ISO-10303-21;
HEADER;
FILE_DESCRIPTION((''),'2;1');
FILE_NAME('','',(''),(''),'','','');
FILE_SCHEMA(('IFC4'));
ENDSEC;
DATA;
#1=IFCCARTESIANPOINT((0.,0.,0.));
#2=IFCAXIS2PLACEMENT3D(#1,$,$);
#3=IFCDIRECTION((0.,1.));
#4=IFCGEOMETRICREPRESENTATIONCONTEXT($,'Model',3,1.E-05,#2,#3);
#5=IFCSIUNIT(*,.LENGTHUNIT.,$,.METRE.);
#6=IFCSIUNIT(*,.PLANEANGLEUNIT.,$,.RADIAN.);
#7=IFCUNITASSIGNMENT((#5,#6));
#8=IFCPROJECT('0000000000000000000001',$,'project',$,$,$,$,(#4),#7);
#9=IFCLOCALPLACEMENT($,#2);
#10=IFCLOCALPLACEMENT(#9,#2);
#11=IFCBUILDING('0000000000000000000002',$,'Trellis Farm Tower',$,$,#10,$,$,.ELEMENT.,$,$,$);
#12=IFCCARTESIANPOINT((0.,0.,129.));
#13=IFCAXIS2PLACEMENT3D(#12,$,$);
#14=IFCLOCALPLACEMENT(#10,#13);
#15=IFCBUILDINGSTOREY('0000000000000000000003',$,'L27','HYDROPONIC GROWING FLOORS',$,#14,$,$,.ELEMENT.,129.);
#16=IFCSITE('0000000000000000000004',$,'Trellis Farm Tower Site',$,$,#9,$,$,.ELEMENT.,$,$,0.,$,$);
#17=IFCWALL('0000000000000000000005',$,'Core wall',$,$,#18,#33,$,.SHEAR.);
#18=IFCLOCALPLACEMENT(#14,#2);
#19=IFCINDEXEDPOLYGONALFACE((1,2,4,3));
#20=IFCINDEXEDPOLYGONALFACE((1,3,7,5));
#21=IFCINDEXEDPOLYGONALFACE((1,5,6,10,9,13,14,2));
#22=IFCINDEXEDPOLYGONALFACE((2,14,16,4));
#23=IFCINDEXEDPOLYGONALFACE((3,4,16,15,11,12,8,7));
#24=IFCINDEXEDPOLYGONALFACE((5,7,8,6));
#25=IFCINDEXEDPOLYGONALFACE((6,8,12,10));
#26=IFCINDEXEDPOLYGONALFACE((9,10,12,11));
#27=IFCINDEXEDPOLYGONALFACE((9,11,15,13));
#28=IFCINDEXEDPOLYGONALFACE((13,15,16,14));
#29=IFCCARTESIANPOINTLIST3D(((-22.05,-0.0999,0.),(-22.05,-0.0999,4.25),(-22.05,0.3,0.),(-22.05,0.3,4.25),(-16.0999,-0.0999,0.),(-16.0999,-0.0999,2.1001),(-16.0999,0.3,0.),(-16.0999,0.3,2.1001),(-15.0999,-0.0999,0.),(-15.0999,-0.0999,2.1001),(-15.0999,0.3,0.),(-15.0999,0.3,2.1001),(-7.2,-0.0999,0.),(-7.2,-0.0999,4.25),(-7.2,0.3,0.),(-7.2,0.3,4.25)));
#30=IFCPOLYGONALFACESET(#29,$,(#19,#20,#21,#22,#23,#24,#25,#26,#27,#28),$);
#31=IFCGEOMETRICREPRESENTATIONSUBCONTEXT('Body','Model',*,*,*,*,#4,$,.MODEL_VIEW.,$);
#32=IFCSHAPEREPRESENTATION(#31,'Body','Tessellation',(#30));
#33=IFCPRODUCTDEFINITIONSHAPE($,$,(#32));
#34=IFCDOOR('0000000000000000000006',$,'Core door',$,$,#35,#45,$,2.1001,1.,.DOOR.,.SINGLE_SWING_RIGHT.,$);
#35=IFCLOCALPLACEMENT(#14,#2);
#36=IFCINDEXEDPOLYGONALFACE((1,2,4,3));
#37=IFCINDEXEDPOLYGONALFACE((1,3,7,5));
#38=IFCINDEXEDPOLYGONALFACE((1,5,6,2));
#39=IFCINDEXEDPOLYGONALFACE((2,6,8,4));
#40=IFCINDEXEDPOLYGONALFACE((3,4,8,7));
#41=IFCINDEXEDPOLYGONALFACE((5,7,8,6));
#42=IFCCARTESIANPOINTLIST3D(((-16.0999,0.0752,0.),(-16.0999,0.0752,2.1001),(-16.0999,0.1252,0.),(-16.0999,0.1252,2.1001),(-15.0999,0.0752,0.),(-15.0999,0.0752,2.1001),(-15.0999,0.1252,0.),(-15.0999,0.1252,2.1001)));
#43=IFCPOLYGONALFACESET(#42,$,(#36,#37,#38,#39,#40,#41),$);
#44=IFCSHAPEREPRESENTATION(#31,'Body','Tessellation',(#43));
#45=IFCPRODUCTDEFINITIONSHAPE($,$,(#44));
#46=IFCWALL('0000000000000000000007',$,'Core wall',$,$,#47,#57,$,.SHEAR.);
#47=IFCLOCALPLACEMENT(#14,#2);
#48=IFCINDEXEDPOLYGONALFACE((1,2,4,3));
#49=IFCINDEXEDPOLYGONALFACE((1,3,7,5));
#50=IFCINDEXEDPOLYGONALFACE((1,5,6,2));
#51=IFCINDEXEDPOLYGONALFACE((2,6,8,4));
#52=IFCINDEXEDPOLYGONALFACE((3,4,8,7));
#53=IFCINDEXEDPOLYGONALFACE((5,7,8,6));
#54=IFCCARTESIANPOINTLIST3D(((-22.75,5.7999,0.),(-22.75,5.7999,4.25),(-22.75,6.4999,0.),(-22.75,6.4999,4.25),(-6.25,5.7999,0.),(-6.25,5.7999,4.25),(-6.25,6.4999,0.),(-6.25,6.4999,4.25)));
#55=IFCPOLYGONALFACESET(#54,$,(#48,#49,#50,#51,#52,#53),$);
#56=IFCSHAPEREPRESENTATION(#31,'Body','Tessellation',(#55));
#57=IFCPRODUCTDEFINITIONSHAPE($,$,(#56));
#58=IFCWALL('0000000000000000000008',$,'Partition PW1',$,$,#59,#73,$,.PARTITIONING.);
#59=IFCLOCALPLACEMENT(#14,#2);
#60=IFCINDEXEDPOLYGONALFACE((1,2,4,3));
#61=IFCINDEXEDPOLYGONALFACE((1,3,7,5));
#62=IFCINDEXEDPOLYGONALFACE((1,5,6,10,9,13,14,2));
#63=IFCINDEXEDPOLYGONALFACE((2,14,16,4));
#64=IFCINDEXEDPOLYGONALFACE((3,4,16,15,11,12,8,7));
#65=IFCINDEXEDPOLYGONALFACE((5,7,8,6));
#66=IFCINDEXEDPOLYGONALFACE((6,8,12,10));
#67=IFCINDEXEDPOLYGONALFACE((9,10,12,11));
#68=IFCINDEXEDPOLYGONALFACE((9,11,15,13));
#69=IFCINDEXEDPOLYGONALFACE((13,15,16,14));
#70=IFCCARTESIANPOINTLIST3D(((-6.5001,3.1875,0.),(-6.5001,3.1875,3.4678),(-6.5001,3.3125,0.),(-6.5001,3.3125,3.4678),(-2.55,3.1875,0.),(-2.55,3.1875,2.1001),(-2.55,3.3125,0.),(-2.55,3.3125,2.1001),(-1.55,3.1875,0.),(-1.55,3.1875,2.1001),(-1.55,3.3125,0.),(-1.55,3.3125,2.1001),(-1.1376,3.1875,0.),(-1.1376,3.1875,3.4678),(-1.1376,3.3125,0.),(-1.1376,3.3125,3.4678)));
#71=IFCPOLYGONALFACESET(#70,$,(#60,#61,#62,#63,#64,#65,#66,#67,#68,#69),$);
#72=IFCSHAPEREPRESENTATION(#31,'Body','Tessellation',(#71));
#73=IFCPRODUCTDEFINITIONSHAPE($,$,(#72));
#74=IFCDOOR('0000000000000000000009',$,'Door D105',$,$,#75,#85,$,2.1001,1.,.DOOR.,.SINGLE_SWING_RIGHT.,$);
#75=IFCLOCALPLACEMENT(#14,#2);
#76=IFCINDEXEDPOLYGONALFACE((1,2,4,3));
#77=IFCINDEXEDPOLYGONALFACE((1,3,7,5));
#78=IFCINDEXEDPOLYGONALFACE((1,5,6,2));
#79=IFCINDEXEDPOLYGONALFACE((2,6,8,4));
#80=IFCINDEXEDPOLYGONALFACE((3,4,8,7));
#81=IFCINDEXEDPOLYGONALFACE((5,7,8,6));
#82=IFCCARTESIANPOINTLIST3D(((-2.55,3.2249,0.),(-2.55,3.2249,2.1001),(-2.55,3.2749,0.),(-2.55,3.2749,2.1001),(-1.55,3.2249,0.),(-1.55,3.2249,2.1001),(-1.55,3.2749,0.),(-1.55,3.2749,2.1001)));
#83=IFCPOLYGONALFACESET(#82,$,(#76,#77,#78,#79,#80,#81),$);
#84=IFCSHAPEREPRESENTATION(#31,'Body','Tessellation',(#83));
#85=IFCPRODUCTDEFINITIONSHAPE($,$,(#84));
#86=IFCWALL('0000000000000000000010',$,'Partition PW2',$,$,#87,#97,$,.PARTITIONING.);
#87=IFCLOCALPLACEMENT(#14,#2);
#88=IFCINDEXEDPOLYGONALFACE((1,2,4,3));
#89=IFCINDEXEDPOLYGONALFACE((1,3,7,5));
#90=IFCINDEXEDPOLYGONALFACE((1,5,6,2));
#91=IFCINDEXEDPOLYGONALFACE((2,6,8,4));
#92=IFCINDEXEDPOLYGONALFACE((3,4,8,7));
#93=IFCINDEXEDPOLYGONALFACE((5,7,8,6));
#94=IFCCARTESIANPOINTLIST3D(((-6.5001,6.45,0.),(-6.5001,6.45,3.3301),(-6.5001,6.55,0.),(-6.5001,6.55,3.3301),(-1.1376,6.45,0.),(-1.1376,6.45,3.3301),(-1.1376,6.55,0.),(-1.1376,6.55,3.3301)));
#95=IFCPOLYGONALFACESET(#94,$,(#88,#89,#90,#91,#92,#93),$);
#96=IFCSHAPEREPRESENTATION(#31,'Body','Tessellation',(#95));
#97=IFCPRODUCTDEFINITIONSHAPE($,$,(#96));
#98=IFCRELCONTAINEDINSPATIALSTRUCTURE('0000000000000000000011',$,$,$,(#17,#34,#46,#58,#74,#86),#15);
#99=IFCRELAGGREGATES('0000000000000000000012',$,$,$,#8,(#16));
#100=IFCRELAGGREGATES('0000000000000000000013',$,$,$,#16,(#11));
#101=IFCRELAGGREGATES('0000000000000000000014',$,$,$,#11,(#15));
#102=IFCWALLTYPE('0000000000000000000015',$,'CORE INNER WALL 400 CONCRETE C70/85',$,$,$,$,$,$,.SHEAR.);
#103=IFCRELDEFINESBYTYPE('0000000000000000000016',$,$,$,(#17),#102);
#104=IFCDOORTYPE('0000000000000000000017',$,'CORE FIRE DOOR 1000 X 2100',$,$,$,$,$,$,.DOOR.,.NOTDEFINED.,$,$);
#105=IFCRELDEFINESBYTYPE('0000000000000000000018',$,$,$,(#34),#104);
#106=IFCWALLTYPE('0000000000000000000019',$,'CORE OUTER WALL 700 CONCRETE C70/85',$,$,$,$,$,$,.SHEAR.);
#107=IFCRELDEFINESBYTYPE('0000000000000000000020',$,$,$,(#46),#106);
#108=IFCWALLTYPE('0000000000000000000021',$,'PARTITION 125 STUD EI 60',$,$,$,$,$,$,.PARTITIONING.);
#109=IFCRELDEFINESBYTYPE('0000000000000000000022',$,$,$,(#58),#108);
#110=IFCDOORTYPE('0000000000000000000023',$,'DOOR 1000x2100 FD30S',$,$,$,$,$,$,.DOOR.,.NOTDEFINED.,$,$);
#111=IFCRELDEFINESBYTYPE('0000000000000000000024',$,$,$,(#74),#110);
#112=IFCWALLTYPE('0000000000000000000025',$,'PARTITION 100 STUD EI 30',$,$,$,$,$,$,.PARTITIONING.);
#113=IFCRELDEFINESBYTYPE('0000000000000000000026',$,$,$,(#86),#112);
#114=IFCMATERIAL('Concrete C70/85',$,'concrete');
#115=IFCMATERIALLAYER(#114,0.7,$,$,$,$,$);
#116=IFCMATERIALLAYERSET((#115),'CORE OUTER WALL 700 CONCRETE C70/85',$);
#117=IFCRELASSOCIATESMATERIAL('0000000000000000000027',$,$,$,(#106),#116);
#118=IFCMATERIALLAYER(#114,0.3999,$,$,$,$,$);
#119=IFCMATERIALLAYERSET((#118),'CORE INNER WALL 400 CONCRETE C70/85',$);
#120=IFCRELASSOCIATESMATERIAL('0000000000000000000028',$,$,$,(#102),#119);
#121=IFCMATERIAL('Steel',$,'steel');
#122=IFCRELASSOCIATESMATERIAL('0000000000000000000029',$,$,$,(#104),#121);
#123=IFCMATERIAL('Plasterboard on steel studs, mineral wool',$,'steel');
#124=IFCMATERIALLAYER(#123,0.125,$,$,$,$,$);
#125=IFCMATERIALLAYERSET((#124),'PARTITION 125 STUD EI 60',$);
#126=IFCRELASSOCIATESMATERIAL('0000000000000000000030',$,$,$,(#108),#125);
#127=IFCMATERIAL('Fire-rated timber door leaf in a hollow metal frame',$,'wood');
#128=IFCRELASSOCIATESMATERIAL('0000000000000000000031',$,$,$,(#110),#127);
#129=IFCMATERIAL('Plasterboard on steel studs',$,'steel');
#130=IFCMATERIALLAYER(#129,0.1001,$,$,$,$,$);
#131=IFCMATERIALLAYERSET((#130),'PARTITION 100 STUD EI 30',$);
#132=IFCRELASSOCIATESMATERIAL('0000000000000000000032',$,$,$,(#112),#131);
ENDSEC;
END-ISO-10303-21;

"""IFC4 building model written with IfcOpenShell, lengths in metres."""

from ifc_helpers import new_model, si_unit, direction, frame, frame_2d, origin, place, context, subcontext, project, spatial, rectangle, extrude, source, transform, mapped, material, layer, layer_set, type_object, element, fill, save


model = new_model("IFC4")

# Units and contexts
model_context = context("Model", 3, precision=1e-05, world=origin(), true_north=direction((0.0, 1.0)))
body_context = subcontext(model_context, "Body", "Model", "MODEL_VIEW")
ifc_project = project(units=[si_unit("LENGTHUNIT", "METRE"), si_unit("PLANEANGLEUNIT", "RADIAN")], contexts=[model_context])

# Site, building, storey
site_placement = place(None, origin())
site = spatial("IfcSite", under=ifc_project, at=site_placement, Name="Trellis Farm Tower Site", CompositionType="ELEMENT", RefElevation=0.0)
building_placement = place(site_placement, origin())
building = spatial("IfcBuilding", under=site, at=building_placement, Name="Trellis Farm Tower", CompositionType="ELEMENT")
storey_placement = place(building_placement, frame((0.0, 0.0, 129.0)))
storey = spatial("IfcBuildingStorey", under=building, at=storey_placement, Name="L27", Description="HYDROPONIC GROWING FLOORS", CompositionType="ELEMENT", Elevation=129.0)

# Shared definitions
ifc_material_1 = material(Name="Concrete C70/85", Category="concrete")
ifc_layer_1 = layer(ifc_material_1, 0.7)
ifc_layer_set_1 = layer_set([ifc_layer_1], Name="CORE OUTER WALL 700 CONCRETE C70/85")
wall_type_1 = type_object("IfcWallType", Name="CORE OUTER WALL 700 CONCRETE C70/85", PredefinedType="SHEAR", material=ifc_layer_set_1)
ifc_material_2 = material(Name="Steel", Category="steel")

# Shared definitions
ifc_layer_2 = layer(ifc_material_1, 0.3999)
ifc_layer_set_2 = layer_set([ifc_layer_2], Name="CORE INNER WALL 400 CONCRETE C70/85")
wall_type_2 = type_object("IfcWallType", Name="CORE INNER WALL 400 CONCRETE C70/85", PredefinedType="SHEAR", material=ifc_layer_set_2)

# Wall, opening, door
shared_shape_1 = source(origin(), body_context, "Body", "SweptSolid", [
    extrude(rectangle(XDim=14.8501, YDim=0.3999, at=frame_2d((7.425, 0.0))), origin(), (0.0, 0.0, 1.0), 4.25),
])
wall_1_placement = place(storey_placement, frame((-7.2, 0.1001, 0.0), z_axis=(0.0, 0.0, 1.0), x_axis=(-1.0, 0.0, 0.0)))
wall_1 = element("IfcWall", 1, at=wall_1_placement, inside=storey, type_object=wall_type_2, Name="Core wall", PredefinedType="SHEAR", context=body_context, shape_type="MappedRepresentation", body=[
    mapped(shared_shape_1, transform((0.0, 0.0, 0.0))),
])
shared_shape_2 = source(origin(), body_context, "Body", "SweptSolid", [
    extrude(rectangle(XDim=1.0, YDim=2.1001, at=frame_2d((0.5, 1.05))), frame((0.0, 0.21, 0.0), z_axis=(0.0, -1.0, 0.0), x_axis=(1.0, 0.0, 0.0)), (0.0, 0.0, 1.0), 0.4199),
])
opening_1_placement = place(wall_1_placement, frame((7.8999, 0.0, 0.0)))
opening_1 = element("IfcOpeningElement", 2, at=opening_1_placement, cuts=wall_1, PredefinedType="OPENING", context=body_context, shape_type="MappedRepresentation", body=[
    mapped(shared_shape_2, transform((0.0, 0.0, 0.0))),
])
door_type_1 = type_object("IfcDoorType", Name="CORE FIRE DOOR 1000 X 2100", OperationType="NOTDEFINED", PredefinedType="DOOR", material=ifc_material_2)
shared_shape_3 = source(origin(), body_context, "Body", "SweptSolid", [
    extrude(rectangle(XDim=1.0, YDim=2.1001, at=frame_2d((0.5, 1.05))), frame((0.0, 0.0249, 0.0), z_axis=(0.0, -1.0, 0.0), x_axis=(1.0, 0.0, 0.0)), (0.0, 0.0, 1.0), 0.05),
])
door_1_placement = place(opening_1_placement, origin())
door_1 = element("IfcDoor", 3, at=door_1_placement, inside=storey, type_object=door_type_1, Name="Core door", OperationType="SINGLE_SWING_RIGHT", OverallHeight=2.1001, OverallWidth=1.0, PredefinedType="DOOR", context=body_context, shape_type="MappedRepresentation", body=[
    mapped(shared_shape_3, transform((0.0, 0.0, 0.0))),
])
fill(opening_1, door_1)

# Wall
shared_shape_4 = source(origin(), body_context, "Body", "SweptSolid", [
    extrude(rectangle(XDim=16.5, YDim=0.7, at=frame_2d((8.25, 0.0))), origin(), (0.0, 0.0, 1.0), 4.25),
])
wall_2_placement = place(storey_placement, frame((-6.25, 6.1499, 0.0), z_axis=(0.0, 0.0, 1.0), x_axis=(-1.0, 0.0, 0.0)))
element("IfcWall", 4, at=wall_2_placement, inside=storey, type_object=wall_type_1, Name="Core wall", PredefinedType="SHEAR", context=body_context, shape_type="MappedRepresentation", body=[
    mapped(shared_shape_4, transform((0.0, 0.0, 0.0))),
])

# Wall, opening, door
ifc_material_3 = material(Name="Plasterboard on steel studs, mineral wool", Category="steel")
ifc_layer_3 = layer(ifc_material_3, 0.125)
ifc_layer_set_3 = layer_set([ifc_layer_3], Name="PARTITION 125 STUD EI 60")
wall_type_3 = type_object("IfcWallType", Name="PARTITION 125 STUD EI 60", PredefinedType="PARTITIONING", material=ifc_layer_set_3)
shared_shape_5 = source(origin(), body_context, "Body", "SweptSolid", [
    extrude(rectangle(XDim=5.3625, YDim=0.125, at=frame_2d((2.6812, 0.0))), origin(), (0.0, 0.0, 1.0), 3.4678),
])
wall_3_placement = place(storey_placement, frame((-6.5, 3.25, 0.0), z_axis=(0.0, 0.0, 1.0), x_axis=(1.0, 0.0, 0.0)))
wall_3 = element("IfcWall", 5, at=wall_3_placement, inside=storey, type_object=wall_type_3, Name="Partition PW1", PredefinedType="PARTITIONING", context=body_context, shape_type="MappedRepresentation", body=[
    mapped(shared_shape_5, transform((0.0, 0.0, 0.0))),
])
shared_shape_6 = source(origin(), body_context, "Body", "SweptSolid", [
    extrude(rectangle(XDim=1.0, YDim=2.1001, at=frame_2d((0.5, 1.05))), frame((0.0, 0.0725, 0.0), z_axis=(0.0, -1.0, 0.0), x_axis=(1.0, 0.0, 0.0)), (0.0, 0.0, 1.0), 0.145),
])
opening_2_placement = place(wall_3_placement, frame((3.95, 0.0, 0.0)))
opening_2 = element("IfcOpeningElement", 6, at=opening_2_placement, cuts=wall_3, PredefinedType="OPENING", context=body_context, shape_type="MappedRepresentation", body=[
    mapped(shared_shape_6, transform((0.0, 0.0, 0.0))),
])
ifc_material_4 = material(Name="Fire-rated timber door leaf in a hollow metal frame", Category="wood")
door_type_2 = type_object("IfcDoorType", Name="DOOR 1000x2100 FD30S", OperationType="NOTDEFINED", PredefinedType="DOOR", material=ifc_material_4)
door_2_placement = place(opening_2_placement, origin())
door_2 = element("IfcDoor", 7, at=door_2_placement, inside=storey, type_object=door_type_2, Name="Door D105", OperationType="SINGLE_SWING_RIGHT", OverallHeight=2.1001, OverallWidth=1.0, PredefinedType="DOOR", context=body_context, shape_type="MappedRepresentation", body=[
    mapped(shared_shape_3, transform((0.0, 0.0, 0.0))),
])
fill(opening_2, door_2)

# Wall
ifc_material_5 = material(Name="Plasterboard on steel studs", Category="steel")
ifc_layer_4 = layer(ifc_material_5, 0.1001)
ifc_layer_set_4 = layer_set([ifc_layer_4], Name="PARTITION 100 STUD EI 30")
wall_type_4 = type_object("IfcWallType", Name="PARTITION 100 STUD EI 30", PredefinedType="PARTITIONING", material=ifc_layer_set_4)
shared_shape_7 = source(origin(), body_context, "Body", "SweptSolid", [
    extrude(rectangle(XDim=5.3625, YDim=0.1001, at=frame_2d((2.6812, 0.0))), origin(), (0.0, 0.0, 1.0), 3.3301),
])
wall_4_placement = place(storey_placement, frame((-6.5, 6.5, 0.0), z_axis=(0.0, 0.0, 1.0), x_axis=(1.0, 0.0, 0.0)))
element("IfcWall", 8, at=wall_4_placement, inside=storey, type_object=wall_type_4, Name="Partition PW2", PredefinedType="PARTITIONING", context=body_context, shape_type="MappedRepresentation", body=[
    mapped(shared_shape_7, transform((0.0, 0.0, 0.0))),
])

save(model, "model.ifc")
